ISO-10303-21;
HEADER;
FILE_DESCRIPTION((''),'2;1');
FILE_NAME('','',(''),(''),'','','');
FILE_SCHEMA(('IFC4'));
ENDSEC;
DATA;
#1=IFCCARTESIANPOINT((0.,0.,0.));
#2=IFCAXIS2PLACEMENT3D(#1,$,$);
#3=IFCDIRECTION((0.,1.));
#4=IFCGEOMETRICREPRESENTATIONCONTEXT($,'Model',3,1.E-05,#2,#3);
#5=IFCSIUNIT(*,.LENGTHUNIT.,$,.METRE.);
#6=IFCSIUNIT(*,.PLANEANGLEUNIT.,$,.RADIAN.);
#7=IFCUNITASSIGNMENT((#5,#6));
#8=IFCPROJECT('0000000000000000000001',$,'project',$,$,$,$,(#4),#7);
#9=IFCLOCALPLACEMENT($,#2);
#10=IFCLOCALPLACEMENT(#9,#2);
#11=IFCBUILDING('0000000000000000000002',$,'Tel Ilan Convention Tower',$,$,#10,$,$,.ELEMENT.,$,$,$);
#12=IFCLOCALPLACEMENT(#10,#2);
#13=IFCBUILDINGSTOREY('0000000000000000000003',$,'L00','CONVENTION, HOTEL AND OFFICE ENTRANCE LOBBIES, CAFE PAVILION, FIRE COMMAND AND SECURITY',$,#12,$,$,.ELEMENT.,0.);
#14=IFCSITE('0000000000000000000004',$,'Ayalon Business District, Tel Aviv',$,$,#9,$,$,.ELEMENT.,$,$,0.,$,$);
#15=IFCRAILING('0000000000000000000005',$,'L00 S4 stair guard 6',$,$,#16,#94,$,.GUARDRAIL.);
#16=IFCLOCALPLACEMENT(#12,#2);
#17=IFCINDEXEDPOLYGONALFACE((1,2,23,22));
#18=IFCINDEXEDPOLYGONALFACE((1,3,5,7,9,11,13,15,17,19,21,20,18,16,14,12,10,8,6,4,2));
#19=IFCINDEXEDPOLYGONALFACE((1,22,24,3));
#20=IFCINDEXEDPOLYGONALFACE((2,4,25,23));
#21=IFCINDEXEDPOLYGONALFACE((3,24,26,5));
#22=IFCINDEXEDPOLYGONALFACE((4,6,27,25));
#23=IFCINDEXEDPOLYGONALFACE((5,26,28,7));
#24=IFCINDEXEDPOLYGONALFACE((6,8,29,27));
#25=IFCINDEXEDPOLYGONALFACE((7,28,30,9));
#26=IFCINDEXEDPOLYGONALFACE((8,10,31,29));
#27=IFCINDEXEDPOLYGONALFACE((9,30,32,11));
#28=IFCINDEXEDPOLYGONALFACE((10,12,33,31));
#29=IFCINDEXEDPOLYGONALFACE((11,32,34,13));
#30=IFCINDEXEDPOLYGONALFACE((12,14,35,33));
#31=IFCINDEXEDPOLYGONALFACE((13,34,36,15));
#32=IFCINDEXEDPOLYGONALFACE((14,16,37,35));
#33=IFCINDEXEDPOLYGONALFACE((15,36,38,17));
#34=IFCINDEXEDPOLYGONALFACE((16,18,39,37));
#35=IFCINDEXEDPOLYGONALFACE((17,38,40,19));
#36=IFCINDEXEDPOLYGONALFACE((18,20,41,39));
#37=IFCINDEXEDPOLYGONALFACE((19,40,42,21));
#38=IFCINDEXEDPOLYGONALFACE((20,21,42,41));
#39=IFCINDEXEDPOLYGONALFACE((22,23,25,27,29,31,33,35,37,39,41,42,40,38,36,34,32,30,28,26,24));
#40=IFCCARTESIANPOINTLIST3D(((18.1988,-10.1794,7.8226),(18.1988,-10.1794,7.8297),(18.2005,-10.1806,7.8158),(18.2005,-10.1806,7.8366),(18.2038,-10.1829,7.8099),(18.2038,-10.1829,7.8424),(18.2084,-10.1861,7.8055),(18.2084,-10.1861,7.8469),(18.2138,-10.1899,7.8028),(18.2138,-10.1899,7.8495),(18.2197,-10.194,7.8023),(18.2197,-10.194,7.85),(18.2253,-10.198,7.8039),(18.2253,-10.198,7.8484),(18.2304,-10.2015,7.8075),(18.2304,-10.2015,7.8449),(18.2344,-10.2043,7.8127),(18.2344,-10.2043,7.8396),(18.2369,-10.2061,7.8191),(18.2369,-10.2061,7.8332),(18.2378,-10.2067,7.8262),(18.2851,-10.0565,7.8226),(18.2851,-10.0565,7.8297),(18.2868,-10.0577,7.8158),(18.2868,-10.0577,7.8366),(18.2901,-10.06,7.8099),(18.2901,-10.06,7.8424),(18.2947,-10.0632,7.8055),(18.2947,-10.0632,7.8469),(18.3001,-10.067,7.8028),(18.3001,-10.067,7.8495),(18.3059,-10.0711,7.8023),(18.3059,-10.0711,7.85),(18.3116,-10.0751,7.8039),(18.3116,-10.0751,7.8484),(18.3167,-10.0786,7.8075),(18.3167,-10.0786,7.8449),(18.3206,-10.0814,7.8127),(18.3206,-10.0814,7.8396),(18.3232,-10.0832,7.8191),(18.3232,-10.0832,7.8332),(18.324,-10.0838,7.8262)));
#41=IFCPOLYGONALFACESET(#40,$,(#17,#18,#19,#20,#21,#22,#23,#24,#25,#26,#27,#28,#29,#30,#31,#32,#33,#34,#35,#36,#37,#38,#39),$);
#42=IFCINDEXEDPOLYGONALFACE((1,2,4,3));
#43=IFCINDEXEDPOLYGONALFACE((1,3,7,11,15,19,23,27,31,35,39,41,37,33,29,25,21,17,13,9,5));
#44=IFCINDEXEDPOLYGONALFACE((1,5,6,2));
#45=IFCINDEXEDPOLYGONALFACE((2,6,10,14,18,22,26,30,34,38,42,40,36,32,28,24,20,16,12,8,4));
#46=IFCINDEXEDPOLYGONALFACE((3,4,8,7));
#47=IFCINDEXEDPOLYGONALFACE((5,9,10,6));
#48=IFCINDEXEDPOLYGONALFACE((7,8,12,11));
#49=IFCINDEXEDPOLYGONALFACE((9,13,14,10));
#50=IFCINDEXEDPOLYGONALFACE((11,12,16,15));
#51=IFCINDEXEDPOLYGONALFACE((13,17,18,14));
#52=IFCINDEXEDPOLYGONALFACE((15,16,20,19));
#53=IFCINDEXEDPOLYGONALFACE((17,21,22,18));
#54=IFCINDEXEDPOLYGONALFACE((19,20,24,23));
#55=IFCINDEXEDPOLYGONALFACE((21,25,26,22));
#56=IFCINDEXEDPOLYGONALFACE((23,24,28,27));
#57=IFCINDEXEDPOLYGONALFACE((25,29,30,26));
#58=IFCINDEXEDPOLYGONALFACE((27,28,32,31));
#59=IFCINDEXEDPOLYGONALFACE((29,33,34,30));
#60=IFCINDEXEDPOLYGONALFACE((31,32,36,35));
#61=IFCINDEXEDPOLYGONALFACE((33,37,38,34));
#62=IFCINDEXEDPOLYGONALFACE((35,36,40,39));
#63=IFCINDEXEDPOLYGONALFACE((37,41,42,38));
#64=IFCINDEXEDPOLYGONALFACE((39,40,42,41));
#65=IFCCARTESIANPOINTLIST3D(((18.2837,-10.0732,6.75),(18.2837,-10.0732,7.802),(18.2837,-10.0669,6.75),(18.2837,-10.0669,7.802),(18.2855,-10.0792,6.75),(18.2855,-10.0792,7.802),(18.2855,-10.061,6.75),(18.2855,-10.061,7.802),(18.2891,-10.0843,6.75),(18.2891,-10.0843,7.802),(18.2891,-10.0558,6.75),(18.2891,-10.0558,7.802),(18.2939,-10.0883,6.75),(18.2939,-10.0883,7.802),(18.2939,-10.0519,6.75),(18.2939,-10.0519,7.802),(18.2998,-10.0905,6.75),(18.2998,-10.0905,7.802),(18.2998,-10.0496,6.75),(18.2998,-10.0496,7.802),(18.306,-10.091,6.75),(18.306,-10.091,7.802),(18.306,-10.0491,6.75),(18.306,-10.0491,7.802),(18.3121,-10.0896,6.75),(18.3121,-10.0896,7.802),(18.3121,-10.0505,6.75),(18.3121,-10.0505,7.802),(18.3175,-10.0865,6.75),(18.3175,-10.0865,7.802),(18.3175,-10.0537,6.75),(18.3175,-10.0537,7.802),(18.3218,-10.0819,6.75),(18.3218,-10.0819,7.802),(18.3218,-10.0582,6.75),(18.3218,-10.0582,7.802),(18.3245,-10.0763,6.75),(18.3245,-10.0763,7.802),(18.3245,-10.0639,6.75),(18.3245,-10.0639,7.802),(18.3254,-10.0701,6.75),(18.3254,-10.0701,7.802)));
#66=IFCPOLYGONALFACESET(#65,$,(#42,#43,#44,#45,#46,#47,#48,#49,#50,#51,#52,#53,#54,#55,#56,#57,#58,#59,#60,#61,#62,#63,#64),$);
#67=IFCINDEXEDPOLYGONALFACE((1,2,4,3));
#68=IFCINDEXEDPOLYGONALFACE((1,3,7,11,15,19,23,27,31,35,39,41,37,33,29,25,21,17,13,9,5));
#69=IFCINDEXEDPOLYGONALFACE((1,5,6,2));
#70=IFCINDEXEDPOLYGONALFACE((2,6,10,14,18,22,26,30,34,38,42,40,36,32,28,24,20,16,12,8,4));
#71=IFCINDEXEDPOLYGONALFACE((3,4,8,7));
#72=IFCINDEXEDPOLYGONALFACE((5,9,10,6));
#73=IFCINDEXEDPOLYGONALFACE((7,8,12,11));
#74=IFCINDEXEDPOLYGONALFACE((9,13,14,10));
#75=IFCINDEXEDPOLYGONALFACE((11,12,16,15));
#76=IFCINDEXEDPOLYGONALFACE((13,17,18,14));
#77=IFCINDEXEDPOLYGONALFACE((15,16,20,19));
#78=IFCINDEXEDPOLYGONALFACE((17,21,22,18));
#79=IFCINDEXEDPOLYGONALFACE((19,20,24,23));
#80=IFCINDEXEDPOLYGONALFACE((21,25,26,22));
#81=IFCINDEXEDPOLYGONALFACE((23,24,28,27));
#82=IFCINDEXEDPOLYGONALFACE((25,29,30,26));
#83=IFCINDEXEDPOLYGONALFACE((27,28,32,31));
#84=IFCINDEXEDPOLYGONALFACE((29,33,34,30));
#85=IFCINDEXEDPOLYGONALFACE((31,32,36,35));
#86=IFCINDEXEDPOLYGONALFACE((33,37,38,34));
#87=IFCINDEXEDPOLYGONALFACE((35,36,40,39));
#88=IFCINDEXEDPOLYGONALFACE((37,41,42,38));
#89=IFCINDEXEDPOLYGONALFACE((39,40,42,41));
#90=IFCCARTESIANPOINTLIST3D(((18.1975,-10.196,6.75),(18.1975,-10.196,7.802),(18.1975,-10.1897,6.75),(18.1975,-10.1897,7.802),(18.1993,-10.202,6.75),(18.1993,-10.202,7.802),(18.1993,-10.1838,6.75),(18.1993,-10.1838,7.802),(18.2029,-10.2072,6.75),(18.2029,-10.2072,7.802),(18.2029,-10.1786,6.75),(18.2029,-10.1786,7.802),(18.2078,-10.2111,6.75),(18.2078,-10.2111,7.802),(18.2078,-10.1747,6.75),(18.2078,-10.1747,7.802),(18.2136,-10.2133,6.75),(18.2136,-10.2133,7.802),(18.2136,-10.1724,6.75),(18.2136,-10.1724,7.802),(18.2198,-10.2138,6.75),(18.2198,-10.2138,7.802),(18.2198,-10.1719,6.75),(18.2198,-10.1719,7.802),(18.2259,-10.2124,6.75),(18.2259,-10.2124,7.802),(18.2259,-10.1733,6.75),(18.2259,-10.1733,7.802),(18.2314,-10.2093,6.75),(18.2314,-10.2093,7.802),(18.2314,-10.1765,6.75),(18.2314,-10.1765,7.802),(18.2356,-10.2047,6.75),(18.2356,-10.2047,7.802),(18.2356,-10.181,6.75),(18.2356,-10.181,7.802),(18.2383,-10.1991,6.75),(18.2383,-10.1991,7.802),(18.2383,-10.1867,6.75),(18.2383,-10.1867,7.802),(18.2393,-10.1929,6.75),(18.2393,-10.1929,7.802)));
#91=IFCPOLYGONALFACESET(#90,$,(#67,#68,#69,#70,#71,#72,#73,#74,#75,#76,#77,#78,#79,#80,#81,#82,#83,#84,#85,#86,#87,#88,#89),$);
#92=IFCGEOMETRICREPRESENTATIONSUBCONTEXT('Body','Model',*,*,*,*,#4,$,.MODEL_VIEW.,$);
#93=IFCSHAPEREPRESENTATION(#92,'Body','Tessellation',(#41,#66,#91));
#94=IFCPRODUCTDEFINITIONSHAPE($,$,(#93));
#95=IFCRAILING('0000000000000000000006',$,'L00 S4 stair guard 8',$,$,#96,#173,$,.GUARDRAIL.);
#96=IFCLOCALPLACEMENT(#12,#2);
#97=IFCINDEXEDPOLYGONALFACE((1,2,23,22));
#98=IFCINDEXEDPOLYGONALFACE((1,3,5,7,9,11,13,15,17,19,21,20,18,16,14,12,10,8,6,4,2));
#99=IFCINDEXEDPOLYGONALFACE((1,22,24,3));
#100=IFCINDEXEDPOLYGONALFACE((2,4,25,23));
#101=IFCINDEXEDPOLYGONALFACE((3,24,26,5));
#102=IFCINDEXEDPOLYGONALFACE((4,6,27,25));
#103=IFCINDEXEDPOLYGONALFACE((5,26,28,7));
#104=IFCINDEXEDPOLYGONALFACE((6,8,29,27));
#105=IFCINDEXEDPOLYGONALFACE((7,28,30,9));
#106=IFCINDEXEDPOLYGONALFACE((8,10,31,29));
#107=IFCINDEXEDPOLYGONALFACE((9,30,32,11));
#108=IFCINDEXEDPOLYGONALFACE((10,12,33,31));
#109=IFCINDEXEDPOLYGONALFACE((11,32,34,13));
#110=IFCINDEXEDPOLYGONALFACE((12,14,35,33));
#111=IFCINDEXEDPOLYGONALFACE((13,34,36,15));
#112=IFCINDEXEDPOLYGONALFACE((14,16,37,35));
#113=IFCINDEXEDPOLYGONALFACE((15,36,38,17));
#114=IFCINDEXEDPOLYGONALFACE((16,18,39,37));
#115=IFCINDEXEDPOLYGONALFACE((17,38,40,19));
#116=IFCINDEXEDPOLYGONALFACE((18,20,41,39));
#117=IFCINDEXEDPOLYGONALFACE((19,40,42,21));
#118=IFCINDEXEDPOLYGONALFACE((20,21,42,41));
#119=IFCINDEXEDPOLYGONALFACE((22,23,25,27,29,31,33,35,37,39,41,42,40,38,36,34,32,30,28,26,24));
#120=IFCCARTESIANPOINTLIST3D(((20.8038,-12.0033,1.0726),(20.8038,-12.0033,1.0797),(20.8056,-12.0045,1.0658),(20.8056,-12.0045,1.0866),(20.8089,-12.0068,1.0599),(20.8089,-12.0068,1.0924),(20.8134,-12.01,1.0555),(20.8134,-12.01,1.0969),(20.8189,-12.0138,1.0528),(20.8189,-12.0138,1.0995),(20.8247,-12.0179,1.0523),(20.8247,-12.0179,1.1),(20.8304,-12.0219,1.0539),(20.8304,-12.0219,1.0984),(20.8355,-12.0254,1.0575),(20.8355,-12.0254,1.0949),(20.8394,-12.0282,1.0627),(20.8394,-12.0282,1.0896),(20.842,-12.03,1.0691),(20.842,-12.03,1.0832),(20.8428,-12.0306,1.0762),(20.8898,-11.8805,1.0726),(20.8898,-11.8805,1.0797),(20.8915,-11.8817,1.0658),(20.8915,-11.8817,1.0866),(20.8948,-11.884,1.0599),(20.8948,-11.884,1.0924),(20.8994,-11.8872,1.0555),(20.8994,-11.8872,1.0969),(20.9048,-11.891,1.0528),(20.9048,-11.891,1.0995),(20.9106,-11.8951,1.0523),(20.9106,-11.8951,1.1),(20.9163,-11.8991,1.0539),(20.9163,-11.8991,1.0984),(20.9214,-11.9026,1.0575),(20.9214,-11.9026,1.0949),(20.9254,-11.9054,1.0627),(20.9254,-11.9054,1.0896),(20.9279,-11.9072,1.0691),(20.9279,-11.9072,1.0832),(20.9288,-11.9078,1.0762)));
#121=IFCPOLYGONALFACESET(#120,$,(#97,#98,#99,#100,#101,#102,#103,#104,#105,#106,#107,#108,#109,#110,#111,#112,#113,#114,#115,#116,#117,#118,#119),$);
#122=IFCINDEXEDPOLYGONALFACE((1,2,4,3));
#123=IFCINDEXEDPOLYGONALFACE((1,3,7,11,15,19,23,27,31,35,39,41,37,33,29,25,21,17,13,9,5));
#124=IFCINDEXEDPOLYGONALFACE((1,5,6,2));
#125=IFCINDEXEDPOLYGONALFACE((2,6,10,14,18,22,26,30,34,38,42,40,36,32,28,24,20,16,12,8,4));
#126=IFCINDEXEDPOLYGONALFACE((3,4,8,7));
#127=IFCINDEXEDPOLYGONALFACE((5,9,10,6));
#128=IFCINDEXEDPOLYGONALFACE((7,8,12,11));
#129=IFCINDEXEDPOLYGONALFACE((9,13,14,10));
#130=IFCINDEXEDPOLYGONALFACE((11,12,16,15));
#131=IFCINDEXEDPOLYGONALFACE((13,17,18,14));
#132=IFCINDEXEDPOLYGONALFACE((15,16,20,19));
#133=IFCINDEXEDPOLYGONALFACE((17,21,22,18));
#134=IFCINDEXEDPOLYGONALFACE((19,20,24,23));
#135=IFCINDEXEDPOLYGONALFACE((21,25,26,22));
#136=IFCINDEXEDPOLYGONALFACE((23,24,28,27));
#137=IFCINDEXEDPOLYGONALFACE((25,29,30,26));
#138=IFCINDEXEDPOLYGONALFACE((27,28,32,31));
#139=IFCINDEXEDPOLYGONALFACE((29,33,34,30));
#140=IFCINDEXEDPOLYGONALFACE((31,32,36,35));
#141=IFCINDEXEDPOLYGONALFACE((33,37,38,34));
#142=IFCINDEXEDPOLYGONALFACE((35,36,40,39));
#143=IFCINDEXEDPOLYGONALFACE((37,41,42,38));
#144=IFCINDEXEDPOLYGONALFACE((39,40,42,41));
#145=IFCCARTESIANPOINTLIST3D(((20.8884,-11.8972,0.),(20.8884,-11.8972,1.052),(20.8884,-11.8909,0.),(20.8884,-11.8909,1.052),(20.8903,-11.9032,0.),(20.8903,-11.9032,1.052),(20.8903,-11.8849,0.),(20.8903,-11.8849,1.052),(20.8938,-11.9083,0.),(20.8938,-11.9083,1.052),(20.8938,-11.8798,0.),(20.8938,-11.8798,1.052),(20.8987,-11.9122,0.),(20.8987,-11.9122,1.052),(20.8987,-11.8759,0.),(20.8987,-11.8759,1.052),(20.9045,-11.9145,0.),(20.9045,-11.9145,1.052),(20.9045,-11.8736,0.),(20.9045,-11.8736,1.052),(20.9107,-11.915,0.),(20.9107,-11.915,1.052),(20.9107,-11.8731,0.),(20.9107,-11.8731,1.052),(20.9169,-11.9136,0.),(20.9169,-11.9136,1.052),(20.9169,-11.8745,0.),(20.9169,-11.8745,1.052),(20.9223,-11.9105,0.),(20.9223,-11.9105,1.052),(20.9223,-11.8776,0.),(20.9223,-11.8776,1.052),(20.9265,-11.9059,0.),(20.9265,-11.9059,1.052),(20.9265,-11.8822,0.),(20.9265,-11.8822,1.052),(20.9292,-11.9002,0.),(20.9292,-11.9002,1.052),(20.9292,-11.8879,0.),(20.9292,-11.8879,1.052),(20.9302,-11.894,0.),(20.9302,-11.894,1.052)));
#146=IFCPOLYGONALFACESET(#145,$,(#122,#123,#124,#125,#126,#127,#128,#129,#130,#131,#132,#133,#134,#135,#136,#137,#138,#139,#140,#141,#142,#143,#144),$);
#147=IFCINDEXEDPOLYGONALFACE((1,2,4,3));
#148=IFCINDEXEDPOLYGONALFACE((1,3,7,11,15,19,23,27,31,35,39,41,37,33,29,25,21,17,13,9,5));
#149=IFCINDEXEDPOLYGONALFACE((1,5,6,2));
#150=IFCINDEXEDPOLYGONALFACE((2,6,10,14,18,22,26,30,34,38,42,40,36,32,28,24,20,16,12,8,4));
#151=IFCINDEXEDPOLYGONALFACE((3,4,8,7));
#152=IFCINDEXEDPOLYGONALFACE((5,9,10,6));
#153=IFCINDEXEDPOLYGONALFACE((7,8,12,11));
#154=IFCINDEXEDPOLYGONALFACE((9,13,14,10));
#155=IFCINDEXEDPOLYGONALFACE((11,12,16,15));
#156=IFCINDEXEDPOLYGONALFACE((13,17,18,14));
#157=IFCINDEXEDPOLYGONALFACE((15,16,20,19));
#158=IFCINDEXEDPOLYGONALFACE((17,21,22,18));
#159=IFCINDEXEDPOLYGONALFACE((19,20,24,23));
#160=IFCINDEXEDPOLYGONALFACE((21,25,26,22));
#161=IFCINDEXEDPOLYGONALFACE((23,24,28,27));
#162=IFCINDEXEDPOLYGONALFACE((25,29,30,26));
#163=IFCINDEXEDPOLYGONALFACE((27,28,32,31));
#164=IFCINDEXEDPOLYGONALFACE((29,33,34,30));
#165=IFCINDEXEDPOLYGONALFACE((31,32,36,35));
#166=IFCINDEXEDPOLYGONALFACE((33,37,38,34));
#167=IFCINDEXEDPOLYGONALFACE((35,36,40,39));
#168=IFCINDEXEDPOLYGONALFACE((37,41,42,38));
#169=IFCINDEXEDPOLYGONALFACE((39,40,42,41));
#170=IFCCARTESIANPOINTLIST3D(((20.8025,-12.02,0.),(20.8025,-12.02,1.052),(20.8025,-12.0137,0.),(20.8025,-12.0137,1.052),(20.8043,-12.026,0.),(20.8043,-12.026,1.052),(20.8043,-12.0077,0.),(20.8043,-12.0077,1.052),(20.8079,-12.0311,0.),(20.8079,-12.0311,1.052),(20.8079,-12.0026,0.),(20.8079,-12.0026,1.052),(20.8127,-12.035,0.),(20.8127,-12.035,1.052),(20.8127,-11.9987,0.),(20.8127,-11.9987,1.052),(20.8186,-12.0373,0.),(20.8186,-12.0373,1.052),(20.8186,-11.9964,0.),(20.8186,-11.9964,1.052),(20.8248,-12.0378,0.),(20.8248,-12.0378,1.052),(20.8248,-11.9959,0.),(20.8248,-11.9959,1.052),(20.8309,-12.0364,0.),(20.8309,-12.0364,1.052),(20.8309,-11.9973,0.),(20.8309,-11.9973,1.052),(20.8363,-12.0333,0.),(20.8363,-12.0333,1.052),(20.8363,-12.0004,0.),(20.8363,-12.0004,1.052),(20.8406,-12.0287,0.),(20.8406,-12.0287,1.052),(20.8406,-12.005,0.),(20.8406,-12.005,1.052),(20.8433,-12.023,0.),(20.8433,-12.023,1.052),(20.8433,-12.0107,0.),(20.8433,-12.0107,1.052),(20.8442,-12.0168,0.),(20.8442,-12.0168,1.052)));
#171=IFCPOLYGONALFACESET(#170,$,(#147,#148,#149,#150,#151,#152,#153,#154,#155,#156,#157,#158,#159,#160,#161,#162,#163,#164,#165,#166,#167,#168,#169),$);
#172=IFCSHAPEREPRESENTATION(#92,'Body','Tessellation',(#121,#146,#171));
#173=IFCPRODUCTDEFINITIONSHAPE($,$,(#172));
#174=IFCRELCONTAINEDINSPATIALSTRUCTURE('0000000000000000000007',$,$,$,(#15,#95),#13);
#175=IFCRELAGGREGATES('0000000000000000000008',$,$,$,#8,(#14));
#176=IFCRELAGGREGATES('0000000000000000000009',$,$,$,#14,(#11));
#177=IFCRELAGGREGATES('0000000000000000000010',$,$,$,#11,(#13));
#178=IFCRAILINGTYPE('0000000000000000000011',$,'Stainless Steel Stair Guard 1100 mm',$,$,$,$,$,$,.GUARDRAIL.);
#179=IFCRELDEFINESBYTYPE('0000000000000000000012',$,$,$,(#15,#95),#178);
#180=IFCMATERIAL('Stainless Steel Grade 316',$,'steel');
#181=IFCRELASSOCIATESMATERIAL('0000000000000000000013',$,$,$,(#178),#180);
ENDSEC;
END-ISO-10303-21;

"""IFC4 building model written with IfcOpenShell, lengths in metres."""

from ifc_helpers import new_model, si_unit, direction, frame, origin, origin_2d, place, context, subcontext, project, spatial, circle, extrude, material, type_object, element, save


model = new_model("IFC4")

# Units and contexts
model_context = context("Model", 3, precision=1e-05, world=origin(), true_north=direction((0.0, 1.0)))
body_context = subcontext(model_context, "Body", "Model", "MODEL_VIEW")
ifc_project = project(units=[si_unit("LENGTHUNIT", "METRE"), si_unit("PLANEANGLEUNIT", "RADIAN")], contexts=[model_context])

# Site, building, storey
site_placement = place(None, origin())
site = spatial("IfcSite", under=ifc_project, at=site_placement, Name="Ayalon Business District, Tel Aviv", CompositionType="ELEMENT", RefElevation=0.0)
building_placement = place(site_placement, origin())
building = spatial("IfcBuilding", under=site, at=building_placement, Name="Tel Ilan Convention Tower", CompositionType="ELEMENT")
storey_placement = place(building_placement, origin())
storey = spatial("IfcBuildingStorey", under=building, at=storey_placement, Name="L00", Description="CONVENTION, HOTEL AND OFFICE ENTRANCE LOBBIES, CAFE PAVILION, FIRE COMMAND AND SECURITY", CompositionType="ELEMENT", Elevation=0.0)

# Railings
ifc_material_1 = material(Name="Stainless Steel Grade 316", Category="steel")
railing_type_1 = type_object("IfcRailingType", Name="Stainless Steel Stair Guard 1100 mm", PredefinedType="GUARDRAIL", material=ifc_material_1)
railing_1_placement = place(storey_placement, frame((18.3044, -10.0701, 6.75)))
element("IfcRailing", 1, at=railing_1_placement, inside=storey, type_object=railing_type_1, Name="L00 S4 stair guard 6", PredefinedType="GUARDRAIL", context=body_context, shape_type="SweptSolid", body=[
    extrude(circle(Radius=0.0239, at=origin_2d()), frame((0.0, 0.0, 1.0762), z_axis=(-0.574445, -0.818543, 0.0), x_axis=(0.818543, -0.574445, 0.0)), (0.0, 0.0, 1.0), 0.1501),
    extrude(circle(Radius=0.021, at=origin_2d()), origin(), (0.0, 0.0, 1.0), 1.052),
    extrude(circle(Radius=0.021, at=origin_2d()), frame((-0.0862, -0.1228, 0.0)), (0.0, 0.0, 1.0), 1.052),
])
railing_2_placement = place(storey_placement, frame((20.9092, -11.894, 0.0)))
element("IfcRailing", 2, at=railing_2_placement, inside=storey, type_object=railing_type_1, Name="L00 S4 stair guard 8", PredefinedType="GUARDRAIL", context=body_context, shape_type="SweptSolid", body=[
    extrude(circle(Radius=0.0239, at=origin_2d()), frame((0.0, 0.0, 1.0762), z_axis=(-0.573353, -0.819308, 0.0), x_axis=(0.819308, -0.573353, 0.0)), (0.0, 0.0, 1.0), 0.1499),
    extrude(circle(Radius=0.021, at=origin_2d()), origin(), (0.0, 0.0, 1.0), 1.052),
    extrude(circle(Radius=0.021, at=origin_2d()), frame((-0.0859, -0.1228, 0.0)), (0.0, 0.0, 1.0), 1.052),
])

save(model, "model.ifc")
